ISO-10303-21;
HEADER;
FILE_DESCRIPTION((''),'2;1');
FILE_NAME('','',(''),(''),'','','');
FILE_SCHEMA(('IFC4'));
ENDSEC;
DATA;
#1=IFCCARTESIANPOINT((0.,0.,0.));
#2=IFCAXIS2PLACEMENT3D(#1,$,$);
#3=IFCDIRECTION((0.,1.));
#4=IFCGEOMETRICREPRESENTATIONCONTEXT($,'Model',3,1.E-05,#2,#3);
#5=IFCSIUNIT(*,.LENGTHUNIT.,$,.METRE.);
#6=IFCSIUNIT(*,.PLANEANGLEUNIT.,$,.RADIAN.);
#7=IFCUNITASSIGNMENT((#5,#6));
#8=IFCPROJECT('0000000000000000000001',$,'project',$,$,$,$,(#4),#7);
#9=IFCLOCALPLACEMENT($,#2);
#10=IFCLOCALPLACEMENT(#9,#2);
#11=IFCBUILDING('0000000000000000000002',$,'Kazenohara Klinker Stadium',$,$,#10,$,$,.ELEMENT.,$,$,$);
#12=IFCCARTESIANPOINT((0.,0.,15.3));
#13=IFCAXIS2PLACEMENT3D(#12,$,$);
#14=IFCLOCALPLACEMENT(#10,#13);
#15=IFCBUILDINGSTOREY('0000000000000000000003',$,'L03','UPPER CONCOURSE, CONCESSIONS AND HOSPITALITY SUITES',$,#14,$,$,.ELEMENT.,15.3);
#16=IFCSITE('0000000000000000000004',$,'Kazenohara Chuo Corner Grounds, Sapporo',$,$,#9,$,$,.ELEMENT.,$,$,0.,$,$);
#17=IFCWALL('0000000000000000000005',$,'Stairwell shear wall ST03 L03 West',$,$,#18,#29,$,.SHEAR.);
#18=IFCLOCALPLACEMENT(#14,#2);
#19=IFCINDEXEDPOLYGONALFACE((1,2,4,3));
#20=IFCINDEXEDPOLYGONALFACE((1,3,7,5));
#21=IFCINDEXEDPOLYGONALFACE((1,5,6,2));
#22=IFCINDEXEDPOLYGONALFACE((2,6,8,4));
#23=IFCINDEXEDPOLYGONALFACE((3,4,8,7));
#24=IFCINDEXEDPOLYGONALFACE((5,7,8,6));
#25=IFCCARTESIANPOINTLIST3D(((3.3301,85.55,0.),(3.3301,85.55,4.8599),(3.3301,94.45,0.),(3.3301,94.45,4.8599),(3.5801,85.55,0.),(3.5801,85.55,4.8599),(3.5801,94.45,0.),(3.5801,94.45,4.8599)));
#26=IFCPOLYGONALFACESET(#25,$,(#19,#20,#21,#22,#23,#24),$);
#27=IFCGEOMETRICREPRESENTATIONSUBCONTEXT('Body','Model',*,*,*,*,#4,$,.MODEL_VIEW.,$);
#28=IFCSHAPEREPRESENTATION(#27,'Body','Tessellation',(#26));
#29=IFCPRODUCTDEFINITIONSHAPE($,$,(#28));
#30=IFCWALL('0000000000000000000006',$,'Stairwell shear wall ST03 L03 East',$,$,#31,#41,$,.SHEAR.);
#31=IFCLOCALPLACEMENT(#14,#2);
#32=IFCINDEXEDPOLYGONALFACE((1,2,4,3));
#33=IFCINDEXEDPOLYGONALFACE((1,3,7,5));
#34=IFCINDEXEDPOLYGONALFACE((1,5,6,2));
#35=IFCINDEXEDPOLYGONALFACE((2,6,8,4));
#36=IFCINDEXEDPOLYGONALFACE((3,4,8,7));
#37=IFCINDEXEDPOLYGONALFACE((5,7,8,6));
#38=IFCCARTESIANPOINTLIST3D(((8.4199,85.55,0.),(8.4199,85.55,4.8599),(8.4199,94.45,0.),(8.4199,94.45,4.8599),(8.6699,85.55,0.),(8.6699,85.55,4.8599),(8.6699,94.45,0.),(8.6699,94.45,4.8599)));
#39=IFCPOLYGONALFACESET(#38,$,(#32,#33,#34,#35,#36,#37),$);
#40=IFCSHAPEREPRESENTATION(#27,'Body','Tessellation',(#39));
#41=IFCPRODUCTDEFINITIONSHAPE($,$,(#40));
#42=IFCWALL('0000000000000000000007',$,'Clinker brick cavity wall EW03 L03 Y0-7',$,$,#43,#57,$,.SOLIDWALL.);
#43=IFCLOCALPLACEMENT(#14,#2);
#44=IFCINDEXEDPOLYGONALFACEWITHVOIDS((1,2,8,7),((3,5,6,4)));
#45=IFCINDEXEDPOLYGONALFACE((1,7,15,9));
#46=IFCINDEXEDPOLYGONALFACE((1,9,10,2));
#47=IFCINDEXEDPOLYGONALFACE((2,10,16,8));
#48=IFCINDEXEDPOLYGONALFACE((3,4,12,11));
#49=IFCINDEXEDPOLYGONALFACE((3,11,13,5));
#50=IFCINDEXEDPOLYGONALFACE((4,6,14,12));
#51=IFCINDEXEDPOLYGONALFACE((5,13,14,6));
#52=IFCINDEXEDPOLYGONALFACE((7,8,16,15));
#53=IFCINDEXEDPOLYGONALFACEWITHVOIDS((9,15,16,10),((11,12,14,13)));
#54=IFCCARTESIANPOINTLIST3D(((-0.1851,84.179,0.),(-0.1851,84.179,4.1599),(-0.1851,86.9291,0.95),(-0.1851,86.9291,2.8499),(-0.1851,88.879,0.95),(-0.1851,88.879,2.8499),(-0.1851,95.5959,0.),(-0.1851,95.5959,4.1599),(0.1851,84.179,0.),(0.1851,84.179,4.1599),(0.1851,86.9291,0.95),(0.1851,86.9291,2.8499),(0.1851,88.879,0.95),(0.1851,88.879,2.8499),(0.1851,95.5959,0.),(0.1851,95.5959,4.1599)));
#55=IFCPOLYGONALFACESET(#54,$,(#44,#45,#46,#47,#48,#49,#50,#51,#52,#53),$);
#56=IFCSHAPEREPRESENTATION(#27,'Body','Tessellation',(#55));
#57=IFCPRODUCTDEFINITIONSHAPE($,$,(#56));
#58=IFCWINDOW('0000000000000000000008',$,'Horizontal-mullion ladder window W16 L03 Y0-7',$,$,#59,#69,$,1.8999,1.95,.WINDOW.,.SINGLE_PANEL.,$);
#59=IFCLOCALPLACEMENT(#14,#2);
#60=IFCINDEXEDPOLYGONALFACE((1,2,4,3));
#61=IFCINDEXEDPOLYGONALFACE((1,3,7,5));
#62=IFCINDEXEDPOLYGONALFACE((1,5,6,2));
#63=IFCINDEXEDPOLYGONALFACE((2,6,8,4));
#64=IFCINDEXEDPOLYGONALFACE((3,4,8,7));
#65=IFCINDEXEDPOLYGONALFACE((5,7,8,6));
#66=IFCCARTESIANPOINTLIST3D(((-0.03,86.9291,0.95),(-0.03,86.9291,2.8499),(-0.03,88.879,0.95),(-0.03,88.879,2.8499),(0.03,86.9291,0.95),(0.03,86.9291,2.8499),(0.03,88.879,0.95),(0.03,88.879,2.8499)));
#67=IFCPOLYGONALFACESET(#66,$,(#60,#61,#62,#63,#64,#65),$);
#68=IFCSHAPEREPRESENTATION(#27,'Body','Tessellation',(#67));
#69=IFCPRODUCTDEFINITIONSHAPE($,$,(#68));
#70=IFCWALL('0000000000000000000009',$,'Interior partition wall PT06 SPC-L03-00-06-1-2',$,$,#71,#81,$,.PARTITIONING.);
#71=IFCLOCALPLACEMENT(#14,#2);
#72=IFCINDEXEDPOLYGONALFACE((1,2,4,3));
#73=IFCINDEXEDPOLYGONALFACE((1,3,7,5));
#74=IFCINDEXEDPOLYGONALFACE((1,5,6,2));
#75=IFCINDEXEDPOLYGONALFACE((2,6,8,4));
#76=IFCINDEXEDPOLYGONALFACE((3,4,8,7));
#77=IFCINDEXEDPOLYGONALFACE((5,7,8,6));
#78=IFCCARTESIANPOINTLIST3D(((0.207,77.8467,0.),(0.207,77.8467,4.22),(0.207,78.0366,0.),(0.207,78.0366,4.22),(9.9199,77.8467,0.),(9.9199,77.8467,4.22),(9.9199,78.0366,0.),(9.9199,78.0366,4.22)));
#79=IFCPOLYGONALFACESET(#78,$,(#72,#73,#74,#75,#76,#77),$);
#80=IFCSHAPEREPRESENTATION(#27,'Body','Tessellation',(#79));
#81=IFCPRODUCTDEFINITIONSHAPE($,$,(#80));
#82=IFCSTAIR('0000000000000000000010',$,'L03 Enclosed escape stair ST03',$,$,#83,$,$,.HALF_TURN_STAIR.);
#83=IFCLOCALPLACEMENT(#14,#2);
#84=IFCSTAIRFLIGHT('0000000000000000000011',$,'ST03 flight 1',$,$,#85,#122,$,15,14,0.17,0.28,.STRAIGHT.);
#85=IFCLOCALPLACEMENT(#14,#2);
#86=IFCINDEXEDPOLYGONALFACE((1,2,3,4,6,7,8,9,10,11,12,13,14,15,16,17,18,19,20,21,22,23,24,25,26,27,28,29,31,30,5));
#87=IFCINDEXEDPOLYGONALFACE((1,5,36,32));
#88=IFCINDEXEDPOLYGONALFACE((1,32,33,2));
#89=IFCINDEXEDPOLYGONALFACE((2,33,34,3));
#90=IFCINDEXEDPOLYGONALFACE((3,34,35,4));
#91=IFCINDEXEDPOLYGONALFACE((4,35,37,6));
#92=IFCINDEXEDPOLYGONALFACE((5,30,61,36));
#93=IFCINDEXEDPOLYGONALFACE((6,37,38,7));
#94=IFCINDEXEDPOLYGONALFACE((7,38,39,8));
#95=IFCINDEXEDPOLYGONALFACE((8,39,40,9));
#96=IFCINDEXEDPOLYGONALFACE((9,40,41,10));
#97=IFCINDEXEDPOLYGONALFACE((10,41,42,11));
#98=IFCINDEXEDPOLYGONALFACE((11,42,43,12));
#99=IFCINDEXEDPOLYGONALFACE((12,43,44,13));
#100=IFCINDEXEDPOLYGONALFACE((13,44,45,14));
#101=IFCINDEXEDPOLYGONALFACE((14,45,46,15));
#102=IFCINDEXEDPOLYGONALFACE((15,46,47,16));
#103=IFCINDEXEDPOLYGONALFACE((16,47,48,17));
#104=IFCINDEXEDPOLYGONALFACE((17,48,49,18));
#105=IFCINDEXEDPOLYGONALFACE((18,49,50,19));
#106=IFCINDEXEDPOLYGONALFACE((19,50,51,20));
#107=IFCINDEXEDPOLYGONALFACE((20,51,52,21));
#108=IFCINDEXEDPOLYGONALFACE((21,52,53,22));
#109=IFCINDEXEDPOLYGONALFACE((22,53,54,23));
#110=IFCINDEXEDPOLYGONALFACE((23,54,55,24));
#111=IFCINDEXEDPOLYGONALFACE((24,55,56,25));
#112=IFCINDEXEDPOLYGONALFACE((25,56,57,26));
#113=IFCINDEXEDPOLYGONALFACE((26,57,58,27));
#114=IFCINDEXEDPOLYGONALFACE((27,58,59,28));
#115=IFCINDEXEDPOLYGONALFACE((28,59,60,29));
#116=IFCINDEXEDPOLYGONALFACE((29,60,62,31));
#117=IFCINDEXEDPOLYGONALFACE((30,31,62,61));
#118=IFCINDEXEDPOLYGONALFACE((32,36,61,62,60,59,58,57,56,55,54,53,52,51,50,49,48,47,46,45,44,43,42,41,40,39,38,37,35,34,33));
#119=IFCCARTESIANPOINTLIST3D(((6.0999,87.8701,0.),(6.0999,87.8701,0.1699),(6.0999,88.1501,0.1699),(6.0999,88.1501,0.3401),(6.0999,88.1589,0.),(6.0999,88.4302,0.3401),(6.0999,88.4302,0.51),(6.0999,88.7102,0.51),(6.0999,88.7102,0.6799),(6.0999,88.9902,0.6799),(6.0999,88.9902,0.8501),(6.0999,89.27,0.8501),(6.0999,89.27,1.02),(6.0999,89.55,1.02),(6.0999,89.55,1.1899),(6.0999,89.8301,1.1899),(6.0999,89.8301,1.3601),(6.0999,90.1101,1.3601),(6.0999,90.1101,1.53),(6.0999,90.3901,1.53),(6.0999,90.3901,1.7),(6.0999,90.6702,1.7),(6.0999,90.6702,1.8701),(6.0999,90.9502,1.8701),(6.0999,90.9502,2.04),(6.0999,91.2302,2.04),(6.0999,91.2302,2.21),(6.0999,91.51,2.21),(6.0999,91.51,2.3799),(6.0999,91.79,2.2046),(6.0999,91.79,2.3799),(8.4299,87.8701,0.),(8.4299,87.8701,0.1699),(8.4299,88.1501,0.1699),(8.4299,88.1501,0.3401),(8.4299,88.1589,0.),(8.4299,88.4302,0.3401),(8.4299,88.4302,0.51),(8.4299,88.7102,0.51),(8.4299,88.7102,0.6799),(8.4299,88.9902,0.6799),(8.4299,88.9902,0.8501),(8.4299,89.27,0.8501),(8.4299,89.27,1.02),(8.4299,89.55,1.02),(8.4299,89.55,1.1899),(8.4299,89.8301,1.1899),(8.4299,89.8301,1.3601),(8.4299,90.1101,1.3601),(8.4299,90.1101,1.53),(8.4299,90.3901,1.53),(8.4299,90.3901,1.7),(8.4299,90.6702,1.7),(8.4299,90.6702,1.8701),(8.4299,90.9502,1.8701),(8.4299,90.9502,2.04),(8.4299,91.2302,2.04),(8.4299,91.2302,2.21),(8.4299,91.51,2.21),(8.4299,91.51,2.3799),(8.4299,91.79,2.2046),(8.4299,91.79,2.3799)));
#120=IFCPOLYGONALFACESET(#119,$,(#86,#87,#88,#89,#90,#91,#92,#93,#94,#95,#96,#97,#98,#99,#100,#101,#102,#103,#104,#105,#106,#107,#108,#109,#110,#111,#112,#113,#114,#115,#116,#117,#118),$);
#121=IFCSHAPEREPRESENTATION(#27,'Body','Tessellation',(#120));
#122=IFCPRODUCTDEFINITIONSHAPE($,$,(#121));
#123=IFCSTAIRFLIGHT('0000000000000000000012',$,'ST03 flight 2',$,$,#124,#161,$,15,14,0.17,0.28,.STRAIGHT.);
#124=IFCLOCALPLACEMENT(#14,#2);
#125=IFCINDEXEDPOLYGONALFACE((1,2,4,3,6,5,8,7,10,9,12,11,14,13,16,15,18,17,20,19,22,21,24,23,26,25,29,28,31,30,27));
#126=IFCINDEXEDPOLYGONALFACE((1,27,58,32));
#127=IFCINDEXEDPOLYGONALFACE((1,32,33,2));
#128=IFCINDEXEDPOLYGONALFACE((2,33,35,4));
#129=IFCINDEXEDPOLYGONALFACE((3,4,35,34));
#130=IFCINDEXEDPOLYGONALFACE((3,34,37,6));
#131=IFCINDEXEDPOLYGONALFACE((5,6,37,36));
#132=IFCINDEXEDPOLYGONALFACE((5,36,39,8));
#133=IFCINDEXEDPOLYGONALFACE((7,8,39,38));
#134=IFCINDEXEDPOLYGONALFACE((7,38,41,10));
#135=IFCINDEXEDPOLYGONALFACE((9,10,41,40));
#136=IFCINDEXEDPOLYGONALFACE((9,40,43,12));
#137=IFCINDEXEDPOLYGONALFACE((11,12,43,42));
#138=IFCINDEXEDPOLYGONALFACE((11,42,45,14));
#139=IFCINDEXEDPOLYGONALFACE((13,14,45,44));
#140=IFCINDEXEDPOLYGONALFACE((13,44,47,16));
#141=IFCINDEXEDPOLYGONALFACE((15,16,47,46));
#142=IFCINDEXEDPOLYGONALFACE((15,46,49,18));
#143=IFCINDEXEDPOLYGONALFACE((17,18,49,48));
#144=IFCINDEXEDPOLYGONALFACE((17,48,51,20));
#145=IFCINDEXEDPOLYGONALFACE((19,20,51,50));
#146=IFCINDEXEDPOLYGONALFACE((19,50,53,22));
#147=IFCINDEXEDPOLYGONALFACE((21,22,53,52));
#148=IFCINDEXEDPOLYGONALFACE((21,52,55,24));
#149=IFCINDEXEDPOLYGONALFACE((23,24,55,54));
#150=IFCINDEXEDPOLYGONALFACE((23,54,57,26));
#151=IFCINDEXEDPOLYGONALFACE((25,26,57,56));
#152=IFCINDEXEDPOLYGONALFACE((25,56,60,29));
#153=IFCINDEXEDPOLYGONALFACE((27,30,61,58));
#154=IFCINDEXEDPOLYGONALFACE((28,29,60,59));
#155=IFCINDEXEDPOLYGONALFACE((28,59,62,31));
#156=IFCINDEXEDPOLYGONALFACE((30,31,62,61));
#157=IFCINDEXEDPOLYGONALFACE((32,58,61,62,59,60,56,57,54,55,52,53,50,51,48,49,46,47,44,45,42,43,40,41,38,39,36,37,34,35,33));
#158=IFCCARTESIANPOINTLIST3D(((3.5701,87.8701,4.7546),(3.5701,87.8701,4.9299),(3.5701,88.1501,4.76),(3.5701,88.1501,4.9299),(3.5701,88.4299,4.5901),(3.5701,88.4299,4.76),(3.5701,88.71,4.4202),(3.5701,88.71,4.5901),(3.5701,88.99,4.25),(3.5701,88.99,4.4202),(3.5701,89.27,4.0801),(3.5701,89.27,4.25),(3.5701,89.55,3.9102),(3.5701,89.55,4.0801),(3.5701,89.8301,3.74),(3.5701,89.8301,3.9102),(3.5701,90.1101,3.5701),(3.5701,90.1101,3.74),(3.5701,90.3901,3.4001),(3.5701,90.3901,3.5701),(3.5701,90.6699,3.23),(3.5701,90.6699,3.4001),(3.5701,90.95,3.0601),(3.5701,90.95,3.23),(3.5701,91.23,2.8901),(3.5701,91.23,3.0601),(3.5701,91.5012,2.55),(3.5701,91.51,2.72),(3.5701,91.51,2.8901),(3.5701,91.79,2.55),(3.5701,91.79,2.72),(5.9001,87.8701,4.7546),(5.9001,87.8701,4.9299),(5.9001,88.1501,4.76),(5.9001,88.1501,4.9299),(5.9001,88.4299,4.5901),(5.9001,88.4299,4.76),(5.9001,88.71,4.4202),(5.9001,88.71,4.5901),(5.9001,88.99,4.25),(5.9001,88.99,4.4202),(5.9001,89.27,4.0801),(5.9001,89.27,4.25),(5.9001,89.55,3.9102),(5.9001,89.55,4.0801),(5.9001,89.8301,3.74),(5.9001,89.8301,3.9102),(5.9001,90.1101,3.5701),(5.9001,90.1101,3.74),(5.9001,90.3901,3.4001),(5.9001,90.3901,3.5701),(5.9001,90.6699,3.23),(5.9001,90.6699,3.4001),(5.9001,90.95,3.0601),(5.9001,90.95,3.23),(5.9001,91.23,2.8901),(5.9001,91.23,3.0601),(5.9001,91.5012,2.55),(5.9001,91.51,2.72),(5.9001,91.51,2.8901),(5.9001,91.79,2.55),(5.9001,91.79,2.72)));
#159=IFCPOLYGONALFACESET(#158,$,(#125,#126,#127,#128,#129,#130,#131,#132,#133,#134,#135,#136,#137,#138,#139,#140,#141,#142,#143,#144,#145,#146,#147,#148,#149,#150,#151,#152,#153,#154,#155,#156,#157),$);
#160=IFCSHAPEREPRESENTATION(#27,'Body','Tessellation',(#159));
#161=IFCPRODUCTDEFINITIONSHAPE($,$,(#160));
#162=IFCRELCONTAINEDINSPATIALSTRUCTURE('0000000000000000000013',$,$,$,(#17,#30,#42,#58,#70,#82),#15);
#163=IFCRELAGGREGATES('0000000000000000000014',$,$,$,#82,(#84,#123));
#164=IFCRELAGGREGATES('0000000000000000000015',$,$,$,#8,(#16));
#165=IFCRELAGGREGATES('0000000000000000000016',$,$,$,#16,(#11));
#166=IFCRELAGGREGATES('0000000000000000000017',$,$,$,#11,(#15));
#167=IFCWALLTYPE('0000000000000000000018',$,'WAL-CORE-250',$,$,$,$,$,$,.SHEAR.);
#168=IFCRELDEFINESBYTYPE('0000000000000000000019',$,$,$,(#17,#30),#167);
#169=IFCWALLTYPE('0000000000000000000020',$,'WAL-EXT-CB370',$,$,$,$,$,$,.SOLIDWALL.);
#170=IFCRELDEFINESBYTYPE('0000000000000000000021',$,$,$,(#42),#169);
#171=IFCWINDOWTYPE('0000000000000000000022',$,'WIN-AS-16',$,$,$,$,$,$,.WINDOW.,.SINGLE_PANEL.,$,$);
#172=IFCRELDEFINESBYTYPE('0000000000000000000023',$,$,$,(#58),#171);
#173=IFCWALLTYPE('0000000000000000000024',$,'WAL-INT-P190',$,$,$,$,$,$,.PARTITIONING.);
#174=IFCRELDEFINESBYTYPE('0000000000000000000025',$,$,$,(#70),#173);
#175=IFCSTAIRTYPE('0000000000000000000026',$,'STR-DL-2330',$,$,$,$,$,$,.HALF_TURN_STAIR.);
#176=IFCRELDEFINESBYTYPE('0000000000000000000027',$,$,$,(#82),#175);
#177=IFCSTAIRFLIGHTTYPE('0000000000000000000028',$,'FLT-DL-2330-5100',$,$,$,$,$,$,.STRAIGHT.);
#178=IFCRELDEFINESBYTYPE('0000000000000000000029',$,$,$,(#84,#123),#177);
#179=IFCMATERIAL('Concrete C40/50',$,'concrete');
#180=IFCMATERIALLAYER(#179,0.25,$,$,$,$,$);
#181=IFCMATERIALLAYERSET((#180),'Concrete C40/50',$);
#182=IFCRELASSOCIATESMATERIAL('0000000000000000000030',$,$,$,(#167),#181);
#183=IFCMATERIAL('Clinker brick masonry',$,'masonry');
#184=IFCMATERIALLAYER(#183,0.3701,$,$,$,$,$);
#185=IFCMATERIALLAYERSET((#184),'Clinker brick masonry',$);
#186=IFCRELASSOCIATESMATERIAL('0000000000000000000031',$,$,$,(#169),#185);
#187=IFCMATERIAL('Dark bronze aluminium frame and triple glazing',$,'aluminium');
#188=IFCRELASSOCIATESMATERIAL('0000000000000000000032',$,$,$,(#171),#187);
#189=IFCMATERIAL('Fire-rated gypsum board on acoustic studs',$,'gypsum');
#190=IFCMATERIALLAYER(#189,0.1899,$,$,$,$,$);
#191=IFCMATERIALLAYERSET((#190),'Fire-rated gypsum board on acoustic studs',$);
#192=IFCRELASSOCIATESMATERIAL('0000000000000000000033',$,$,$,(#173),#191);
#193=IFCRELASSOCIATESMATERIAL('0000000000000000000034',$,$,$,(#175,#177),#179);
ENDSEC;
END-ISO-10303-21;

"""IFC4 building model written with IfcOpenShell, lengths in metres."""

from ifc_helpers import new_model, si_unit, direction, frame, frame_2d, origin, place, context, subcontext, project, spatial, polyline, rectangle, outline, extrude, material, layer, layer_set, type_object, element, fill, aggregate, save


model = new_model("IFC4")

# Units and contexts
model_context = context("Model", 3, precision=1e-05, world=origin(), true_north=direction((0.0, 1.0)))
body_context = subcontext(model_context, "Body", "Model", "MODEL_VIEW")
ifc_project = project(units=[si_unit("LENGTHUNIT", "METRE"), si_unit("PLANEANGLEUNIT", "RADIAN")], contexts=[model_context])

# Site, building, storey
site_placement = place(None, origin())
site = spatial("IfcSite", under=ifc_project, at=site_placement, Name="Kazenohara Chuo Corner Grounds, Sapporo", CompositionType="ELEMENT", RefElevation=0.0)
building_placement = place(site_placement, origin())
building = spatial("IfcBuilding", under=site, at=building_placement, Name="Kazenohara Klinker Stadium", CompositionType="ELEMENT")
storey_placement = place(building_placement, frame((0.0, 0.0, 15.3)))
storey = spatial("IfcBuildingStorey", under=building, at=storey_placement, Name="L03", Description="UPPER CONCOURSE, CONCESSIONS AND HOSPITALITY SUITES", CompositionType="ELEMENT", Elevation=15.3)

# Shared definitions
ifc_material_1 = material(Name="Concrete C40/50", Category="concrete")

# Shared definitions
ifc_layer_1 = layer(ifc_material_1, 0.25)
ifc_layer_set_1 = layer_set([ifc_layer_1], Name="Concrete C40/50")
wall_type_1 = type_object("IfcWallType", Name="WAL-CORE-250", PredefinedType="SHEAR", material=ifc_layer_set_1)

# Walls
for number, where, z_axis, x_axis, name in (
    (1, (3.4551, 85.55, 0.0), (0.0, 0.0, 1.0), (0.0, 1.0, 0.0), "Stairwell shear wall ST03 L03 West"),
    (2, (8.5449, 85.55, 0.0), (0.0, 0.0, 1.0), (0.0, 1.0, 0.0), "Stairwell shear wall ST03 L03 East"),
):
    element("IfcWall", number, at=place(storey_placement, frame(where, z_axis=z_axis, x_axis=x_axis)), inside=storey, type_object=wall_type_1, Name=name, PredefinedType="SHEAR", context=body_context, shape_type="SweptSolid", body=[
        extrude(rectangle(XDim=8.8999, YDim=0.25, at=frame_2d((4.45, 0.0))), origin(), (0.0, 0.0, 1.0), 4.8599),
    ])

# Wall, opening, window
ifc_material_2 = material(Name="Clinker brick masonry", Category="masonry")
ifc_layer_2 = layer(ifc_material_2, 0.3701)
ifc_layer_set_2 = layer_set([ifc_layer_2], Name="Clinker brick masonry")
wall_type_2 = type_object("IfcWallType", Name="WAL-EXT-CB370", PredefinedType="SOLIDWALL", material=ifc_layer_set_2)
wall_1_placement = place(storey_placement, frame((0.0, 84.179, 0.0), z_axis=(0.0, 0.0, 1.0), x_axis=(0.0, 1.0, 0.0)))
wall_1 = element("IfcWall", 3, at=wall_1_placement, inside=storey, type_object=wall_type_2, Name="Clinker brick cavity wall EW03 L03 Y0-7", PredefinedType="SOLIDWALL", context=body_context, shape_type="SweptSolid", body=[
    extrude(rectangle(XDim=11.417, YDim=0.3701, at=frame_2d((5.7085, 0.0))), origin(), (0.0, 0.0, 1.0), 4.1599),
])
opening_1_placement = place(wall_1_placement, frame((2.75, 0.0, 0.95)))
opening_1 = element("IfcOpeningElement", 4, at=opening_1_placement, cuts=wall_1, PredefinedType="OPENING", context=body_context, shape_type="SweptSolid", body=[
    extrude(rectangle(XDim=1.95, YDim=1.8999, at=frame_2d((0.9751, 0.95))), frame((0.0, 0.1951, 0.0), z_axis=(0.0, -1.0, 0.0), x_axis=(1.0, 0.0, 0.0)), (0.0, 0.0, 1.0), 0.3901),
])
ifc_material_3 = material(Name="Dark bronze aluminium frame and triple glazing", Category="aluminium")
window_type = type_object("IfcWindowType", Name="WIN-AS-16", PartitioningType="SINGLE_PANEL", PredefinedType="WINDOW", material=ifc_material_3)
window_placement = place(opening_1_placement, origin())
window = element("IfcWindow", 5, at=window_placement, inside=storey, type_object=window_type, Name="Horizontal-mullion ladder window W16 L03 Y0-7", OverallHeight=1.8999, OverallWidth=1.95, PartitioningType="SINGLE_PANEL", PredefinedType="WINDOW", context=body_context, shape_type="SweptSolid", body=[
    extrude(rectangle(XDim=1.95, YDim=1.8999, at=frame_2d((0.9751, 0.95))), frame((0.0, 0.03, 0.0), z_axis=(0.0, -1.0, 0.0), x_axis=(1.0, 0.0, 0.0)), (0.0, 0.0, 1.0), 0.0601),
])
fill(opening_1, window)

# Wall
ifc_material_4 = material(Name="Fire-rated gypsum board on acoustic studs", Category="gypsum")
ifc_layer_3 = layer(ifc_material_4, 0.1899)
ifc_layer_set_3 = layer_set([ifc_layer_3], Name="Fire-rated gypsum board on acoustic studs")
wall_type_3 = type_object("IfcWallType", Name="WAL-INT-P190", PredefinedType="PARTITIONING", material=ifc_layer_set_3)
wall_2_placement = place(storey_placement, frame((0.207, 77.9417, 0.0), z_axis=(0.0, 0.0, 1.0), x_axis=(1.0, 0.0, 0.0)))
element("IfcWall", 6, at=wall_2_placement, inside=storey, type_object=wall_type_3, Name="Interior partition wall PT06 SPC-L03-00-06-1-2", PredefinedType="PARTITIONING", context=body_context, shape_type="SweptSolid", body=[
    extrude(rectangle(XDim=9.7129, YDim=0.1899, at=frame_2d((4.8564, 0.0))), origin(), (0.0, 0.0, 1.0), 4.22),
])

# Stair, stair flights
stair_type = type_object("IfcStairType", Name="STR-DL-2330", PredefinedType="HALF_TURN_STAIR", material=ifc_material_1)
stair_placement = place(storey_placement, origin())
stair = element("IfcStair", 7, at=stair_placement, inside=storey, type_object=stair_type, Name="L03 Enclosed escape stair ST03", PredefinedType="HALF_TURN_STAIR")
stair_flight_type = type_object("IfcStairFlightType", Name="FLT-DL-2330-5100", PredefinedType="STRAIGHT", material=ifc_material_1)
stair_flight_1_placement = place(storey_placement, frame((7.2649, 87.8701, 0.0), z_axis=(0.0, 0.0, 1.0), x_axis=(0.0, 1.0, 0.0)))
stair_flight_1 = element("IfcStairFlight", 8, at=stair_flight_1_placement, type_object=stair_flight_type, Name="ST03 flight 1", NumberOfRisers=15, NumberOfTreads=14, PredefinedType="STRAIGHT", RiserHeight=0.17, TreadLength=0.28, context=body_context, shape_type="SweptSolid", body=[
    extrude(outline(polyline([(0.0, 0.0), (0.0, 0.1699), (0.28, 0.1699), (0.28, 0.3401), (0.5601, 0.3401), (0.5601, 0.51), (0.8401, 0.51), (0.8401, 0.6799), (1.1201, 0.6799), (1.1201, 0.8501), (1.3999, 0.8501), (1.3999, 1.02), (1.6799, 1.02), (1.6799, 1.1899), (1.96, 1.1899), (1.96, 1.3601), (2.24, 1.3601), (2.24, 1.53), (2.52, 1.53), (2.52, 1.7), (2.8, 1.7), (2.8, 1.8701), (3.0801, 1.8701), (3.0801, 2.04), (3.3601, 2.04), (3.3601, 2.21), (3.6399, 2.21), (3.6399, 2.3799), (3.9199, 2.3799), (3.9199, 2.55), (3.9199, 2.2046), (0.2888, 0.0), (0.0, 0.0)])), frame((0.0, 1.165, 0.0), z_axis=(0.0, -1.0, 0.0), x_axis=(1.0, 0.0, 0.0)), (0.0, 0.0, 1.0), 2.3301),
])
stair_flight_2_placement = place(storey_placement, frame((4.7351, 91.79, 2.55), z_axis=(0.0, 0.0, 1.0), x_axis=(0.0, -1.0, 0.0)))
stair_flight_2 = element("IfcStairFlight", 9, at=stair_flight_2_placement, type_object=stair_flight_type, Name="ST03 flight 2", NumberOfRisers=15, NumberOfTreads=14, PredefinedType="STRAIGHT", RiserHeight=0.17, TreadLength=0.28, context=body_context, shape_type="SweptSolid", body=[
    extrude(outline(polyline([(0.0, 0.0), (0.0, 0.1699), (0.28, 0.1699), (0.28, 0.3401), (0.5601, 0.3401), (0.5601, 0.51), (0.8401, 0.51), (0.8401, 0.6799), (1.1201, 0.6799), (1.1201, 0.8501), (1.3999, 0.8501), (1.3999, 1.02), (1.6799, 1.02), (1.6799, 1.1899), (1.96, 1.1899), (1.96, 1.3601), (2.24, 1.3601), (2.24, 1.53), (2.52, 1.53), (2.52, 1.7), (2.8, 1.7), (2.8, 1.8701), (3.0801, 1.8701), (3.0801, 2.04), (3.3601, 2.04), (3.3601, 2.21), (3.6399, 2.21), (3.6399, 2.3799), (3.9199, 2.3799), (3.9199, 2.55), (3.9199, 2.2046), (0.2888, 0.0), (0.0, 0.0)])), frame((0.0, 1.165, 0.0), z_axis=(0.0, -1.0, 0.0), x_axis=(1.0, 0.0, 0.0)), (0.0, 0.0, 1.0), 2.3301),
])
aggregate(stair, [stair_flight_1, stair_flight_2])

save(model, "model.ifc")
